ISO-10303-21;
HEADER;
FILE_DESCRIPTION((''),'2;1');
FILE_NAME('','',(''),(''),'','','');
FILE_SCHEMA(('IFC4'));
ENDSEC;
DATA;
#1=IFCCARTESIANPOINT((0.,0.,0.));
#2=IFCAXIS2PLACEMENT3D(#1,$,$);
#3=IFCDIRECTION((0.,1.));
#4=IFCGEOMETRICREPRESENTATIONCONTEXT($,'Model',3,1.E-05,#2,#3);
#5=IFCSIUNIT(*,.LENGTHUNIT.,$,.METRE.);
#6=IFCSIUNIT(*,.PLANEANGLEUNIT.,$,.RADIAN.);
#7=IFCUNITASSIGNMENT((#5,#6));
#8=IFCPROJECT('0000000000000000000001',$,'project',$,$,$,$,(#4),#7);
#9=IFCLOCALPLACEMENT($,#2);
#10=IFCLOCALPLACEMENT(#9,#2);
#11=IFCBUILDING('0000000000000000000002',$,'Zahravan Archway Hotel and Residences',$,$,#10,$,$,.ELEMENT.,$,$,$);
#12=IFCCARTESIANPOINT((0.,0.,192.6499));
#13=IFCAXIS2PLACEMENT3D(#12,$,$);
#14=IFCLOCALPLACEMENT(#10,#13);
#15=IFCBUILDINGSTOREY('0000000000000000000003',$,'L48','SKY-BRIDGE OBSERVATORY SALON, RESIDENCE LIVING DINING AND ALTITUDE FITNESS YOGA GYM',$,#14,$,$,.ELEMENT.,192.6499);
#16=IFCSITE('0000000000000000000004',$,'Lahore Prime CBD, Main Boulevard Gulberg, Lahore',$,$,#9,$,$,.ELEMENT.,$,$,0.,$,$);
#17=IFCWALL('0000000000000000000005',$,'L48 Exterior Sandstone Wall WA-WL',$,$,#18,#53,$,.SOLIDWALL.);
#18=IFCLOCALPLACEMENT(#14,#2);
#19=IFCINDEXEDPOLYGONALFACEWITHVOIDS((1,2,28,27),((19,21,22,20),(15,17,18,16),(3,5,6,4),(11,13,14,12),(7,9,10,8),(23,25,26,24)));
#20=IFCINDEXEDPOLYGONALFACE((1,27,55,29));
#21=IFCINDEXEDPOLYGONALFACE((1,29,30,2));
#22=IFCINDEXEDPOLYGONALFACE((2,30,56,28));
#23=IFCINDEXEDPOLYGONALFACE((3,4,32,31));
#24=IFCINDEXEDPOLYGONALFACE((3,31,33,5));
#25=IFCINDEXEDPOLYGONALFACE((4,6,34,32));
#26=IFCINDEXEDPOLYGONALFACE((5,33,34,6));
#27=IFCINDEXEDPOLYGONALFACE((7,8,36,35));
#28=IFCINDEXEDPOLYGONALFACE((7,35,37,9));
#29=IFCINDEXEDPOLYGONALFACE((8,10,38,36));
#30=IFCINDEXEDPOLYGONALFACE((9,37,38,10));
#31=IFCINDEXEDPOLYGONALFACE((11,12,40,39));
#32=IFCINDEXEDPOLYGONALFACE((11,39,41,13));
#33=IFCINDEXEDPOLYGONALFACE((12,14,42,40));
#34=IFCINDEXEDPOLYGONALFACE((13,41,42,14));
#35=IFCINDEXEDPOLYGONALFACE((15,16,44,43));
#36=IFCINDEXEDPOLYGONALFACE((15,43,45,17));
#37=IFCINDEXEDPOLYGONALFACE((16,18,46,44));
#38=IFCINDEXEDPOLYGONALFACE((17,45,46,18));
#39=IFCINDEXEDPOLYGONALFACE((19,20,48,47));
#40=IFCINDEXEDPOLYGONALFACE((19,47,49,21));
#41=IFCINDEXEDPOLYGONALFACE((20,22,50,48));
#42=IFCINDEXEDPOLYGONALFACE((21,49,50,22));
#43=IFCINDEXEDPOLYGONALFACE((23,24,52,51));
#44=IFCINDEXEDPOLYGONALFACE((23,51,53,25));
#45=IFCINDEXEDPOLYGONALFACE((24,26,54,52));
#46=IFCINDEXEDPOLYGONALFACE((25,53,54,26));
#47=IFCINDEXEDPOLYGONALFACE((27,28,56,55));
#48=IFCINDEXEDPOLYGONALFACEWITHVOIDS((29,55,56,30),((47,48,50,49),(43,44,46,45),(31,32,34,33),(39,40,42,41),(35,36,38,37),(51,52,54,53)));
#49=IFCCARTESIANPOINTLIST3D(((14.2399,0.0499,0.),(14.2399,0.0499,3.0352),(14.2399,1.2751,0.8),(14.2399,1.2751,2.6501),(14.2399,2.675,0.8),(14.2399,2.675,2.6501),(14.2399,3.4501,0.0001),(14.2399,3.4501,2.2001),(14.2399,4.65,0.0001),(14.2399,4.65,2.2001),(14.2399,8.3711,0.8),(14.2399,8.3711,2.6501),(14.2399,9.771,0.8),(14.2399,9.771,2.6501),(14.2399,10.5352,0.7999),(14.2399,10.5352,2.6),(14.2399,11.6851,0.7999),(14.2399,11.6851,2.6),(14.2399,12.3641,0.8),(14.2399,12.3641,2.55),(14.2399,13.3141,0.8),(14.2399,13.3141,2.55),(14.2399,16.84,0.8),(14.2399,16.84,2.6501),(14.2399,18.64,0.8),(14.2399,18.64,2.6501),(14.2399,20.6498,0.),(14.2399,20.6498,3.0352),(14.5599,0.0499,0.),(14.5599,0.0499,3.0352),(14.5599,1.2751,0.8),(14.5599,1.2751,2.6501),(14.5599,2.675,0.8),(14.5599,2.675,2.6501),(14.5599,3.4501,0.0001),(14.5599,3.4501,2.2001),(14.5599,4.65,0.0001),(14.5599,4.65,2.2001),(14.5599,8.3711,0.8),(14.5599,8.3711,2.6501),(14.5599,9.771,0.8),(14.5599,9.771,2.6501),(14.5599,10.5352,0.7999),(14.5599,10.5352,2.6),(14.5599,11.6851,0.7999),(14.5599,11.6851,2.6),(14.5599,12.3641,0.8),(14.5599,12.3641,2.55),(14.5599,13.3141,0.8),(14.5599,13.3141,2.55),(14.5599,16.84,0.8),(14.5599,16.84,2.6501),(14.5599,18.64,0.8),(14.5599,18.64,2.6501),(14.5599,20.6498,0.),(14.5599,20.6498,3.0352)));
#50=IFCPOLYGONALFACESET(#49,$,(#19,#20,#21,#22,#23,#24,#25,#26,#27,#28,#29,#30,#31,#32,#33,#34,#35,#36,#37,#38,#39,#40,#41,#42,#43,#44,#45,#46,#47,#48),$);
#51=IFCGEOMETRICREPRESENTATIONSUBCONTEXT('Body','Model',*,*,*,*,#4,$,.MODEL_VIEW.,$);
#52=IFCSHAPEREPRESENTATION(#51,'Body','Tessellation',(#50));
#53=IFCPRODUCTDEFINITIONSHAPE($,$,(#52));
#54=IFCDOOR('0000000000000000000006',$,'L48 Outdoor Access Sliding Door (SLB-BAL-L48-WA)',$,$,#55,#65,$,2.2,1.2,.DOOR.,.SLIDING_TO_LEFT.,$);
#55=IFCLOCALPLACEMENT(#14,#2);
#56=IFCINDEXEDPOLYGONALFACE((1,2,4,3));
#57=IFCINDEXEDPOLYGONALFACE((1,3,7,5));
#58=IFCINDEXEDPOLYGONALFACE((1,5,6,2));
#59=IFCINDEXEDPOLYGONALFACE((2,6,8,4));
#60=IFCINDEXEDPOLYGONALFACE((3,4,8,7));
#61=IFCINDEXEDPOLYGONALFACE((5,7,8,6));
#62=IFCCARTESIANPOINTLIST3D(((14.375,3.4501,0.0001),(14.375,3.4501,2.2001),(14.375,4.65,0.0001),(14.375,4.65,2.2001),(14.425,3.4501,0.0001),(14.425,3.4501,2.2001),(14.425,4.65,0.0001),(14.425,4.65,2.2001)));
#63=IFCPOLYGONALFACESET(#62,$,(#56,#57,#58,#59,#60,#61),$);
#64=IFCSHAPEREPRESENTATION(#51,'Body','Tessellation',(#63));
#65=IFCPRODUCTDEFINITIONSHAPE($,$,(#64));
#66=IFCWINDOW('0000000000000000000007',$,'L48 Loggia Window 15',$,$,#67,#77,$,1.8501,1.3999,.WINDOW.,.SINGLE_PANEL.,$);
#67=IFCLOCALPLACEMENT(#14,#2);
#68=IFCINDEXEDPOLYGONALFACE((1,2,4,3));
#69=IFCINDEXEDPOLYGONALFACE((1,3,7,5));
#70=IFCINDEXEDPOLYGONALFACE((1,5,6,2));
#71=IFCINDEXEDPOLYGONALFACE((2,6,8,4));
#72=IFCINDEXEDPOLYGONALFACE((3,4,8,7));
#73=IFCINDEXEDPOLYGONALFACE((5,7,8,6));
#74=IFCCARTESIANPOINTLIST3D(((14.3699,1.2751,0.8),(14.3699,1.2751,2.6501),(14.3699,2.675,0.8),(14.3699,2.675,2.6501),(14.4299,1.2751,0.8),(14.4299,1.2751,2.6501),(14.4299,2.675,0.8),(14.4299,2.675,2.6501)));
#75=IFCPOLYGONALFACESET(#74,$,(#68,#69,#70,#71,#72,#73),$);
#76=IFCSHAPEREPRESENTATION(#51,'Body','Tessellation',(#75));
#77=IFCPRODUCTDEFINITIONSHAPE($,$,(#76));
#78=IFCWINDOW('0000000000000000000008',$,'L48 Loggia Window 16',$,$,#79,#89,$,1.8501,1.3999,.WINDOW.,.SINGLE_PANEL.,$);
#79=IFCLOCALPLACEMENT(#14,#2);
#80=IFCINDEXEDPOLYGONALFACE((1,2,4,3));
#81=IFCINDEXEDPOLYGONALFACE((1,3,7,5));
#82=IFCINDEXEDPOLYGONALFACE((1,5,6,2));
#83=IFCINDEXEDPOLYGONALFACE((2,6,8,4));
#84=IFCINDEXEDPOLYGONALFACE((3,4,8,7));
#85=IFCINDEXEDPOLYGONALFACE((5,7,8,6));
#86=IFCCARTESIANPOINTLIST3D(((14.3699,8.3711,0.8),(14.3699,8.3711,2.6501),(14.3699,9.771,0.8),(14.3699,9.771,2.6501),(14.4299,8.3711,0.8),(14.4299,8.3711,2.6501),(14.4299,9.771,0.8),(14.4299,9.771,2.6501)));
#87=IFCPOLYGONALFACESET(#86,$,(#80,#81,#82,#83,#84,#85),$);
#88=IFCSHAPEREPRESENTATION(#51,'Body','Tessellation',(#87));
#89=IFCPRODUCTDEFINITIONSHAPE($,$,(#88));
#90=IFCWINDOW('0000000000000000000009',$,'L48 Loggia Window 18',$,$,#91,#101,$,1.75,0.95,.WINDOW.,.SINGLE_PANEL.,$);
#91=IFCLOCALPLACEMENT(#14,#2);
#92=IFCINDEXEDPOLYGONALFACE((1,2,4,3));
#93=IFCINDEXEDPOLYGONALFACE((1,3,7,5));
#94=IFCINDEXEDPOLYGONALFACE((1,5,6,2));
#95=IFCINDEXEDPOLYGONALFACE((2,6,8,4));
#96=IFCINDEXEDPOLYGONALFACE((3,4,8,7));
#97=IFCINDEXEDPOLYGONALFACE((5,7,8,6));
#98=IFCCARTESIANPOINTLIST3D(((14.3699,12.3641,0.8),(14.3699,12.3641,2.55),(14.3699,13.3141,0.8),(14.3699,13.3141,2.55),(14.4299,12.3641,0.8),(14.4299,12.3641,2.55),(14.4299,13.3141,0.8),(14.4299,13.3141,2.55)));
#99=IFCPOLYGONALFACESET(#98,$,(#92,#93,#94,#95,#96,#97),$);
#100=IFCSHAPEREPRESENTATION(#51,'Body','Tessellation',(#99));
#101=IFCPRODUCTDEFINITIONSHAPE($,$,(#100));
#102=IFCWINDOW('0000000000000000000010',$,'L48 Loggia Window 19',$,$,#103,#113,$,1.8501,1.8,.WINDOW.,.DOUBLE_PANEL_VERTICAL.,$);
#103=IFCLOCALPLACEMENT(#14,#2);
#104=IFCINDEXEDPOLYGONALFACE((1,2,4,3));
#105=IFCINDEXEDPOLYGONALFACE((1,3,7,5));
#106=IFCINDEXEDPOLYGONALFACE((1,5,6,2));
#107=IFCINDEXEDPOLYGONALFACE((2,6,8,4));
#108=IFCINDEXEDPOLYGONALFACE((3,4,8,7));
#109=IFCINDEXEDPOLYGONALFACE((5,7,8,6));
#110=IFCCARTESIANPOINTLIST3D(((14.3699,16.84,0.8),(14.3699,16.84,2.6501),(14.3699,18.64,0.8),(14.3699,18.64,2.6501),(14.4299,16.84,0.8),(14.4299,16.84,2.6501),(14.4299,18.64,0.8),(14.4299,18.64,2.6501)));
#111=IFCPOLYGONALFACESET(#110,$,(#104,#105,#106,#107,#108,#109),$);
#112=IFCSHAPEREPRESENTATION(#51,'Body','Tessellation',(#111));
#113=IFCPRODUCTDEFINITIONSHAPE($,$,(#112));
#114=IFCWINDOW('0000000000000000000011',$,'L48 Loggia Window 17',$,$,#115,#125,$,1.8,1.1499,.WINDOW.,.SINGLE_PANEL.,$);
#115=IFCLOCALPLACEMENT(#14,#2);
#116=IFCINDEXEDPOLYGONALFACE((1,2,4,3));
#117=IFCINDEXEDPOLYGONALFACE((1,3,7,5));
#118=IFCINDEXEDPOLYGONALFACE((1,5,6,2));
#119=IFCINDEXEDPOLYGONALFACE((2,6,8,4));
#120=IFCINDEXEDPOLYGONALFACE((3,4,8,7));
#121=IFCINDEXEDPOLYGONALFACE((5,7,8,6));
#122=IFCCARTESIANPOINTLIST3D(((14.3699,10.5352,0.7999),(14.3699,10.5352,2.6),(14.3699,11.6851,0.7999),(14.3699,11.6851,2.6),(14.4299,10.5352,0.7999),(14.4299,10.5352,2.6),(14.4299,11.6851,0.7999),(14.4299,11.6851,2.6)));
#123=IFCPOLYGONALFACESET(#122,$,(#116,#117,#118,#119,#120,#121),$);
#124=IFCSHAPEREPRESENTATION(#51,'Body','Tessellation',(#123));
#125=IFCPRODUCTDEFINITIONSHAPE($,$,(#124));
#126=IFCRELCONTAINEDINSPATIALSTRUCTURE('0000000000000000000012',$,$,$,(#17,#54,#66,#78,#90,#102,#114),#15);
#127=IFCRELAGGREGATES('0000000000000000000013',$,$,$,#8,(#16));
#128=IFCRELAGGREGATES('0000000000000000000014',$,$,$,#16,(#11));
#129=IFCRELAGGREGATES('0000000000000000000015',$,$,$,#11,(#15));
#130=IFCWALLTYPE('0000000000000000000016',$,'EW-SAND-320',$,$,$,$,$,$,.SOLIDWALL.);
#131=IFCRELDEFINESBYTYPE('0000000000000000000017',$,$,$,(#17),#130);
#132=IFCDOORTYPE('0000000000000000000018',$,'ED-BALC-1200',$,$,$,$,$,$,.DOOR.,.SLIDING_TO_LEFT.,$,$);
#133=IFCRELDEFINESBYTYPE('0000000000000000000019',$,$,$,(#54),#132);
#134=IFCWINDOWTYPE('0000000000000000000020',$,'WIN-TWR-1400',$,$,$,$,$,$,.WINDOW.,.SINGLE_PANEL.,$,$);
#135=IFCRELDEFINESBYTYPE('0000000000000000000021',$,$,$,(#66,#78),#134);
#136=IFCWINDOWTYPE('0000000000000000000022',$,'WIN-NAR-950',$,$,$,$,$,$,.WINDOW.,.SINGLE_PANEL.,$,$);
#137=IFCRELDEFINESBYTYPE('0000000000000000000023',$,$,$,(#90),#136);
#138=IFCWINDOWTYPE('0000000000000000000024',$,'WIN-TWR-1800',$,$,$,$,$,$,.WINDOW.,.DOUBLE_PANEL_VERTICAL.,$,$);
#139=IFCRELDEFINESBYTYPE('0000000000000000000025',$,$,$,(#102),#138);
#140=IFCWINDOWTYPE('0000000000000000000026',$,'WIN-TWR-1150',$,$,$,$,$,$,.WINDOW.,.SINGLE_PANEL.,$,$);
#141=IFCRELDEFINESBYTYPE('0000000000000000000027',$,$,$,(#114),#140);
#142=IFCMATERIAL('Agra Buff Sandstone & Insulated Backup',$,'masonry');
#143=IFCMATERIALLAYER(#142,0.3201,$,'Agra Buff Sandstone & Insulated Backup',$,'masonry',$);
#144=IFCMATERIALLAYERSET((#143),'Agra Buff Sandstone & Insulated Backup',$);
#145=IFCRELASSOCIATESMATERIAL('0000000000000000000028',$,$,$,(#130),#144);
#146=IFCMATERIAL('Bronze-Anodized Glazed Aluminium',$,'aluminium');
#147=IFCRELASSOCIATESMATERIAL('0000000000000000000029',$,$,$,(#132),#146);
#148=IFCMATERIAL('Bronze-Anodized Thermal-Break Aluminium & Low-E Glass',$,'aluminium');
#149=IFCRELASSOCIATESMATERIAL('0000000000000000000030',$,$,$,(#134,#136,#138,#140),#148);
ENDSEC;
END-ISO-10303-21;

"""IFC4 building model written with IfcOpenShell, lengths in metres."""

from ifc_helpers import new_model, si_unit, direction, frame, frame_2d, origin, place, context, subcontext, project, spatial, rectangle, extrude, source, transform, mapped, material, layer, layer_set, type_object, type_shapes, element, fill, save


model = new_model("IFC4")

# Units and contexts
model_context = context("Model", 3, precision=1e-05, world=origin(), true_north=direction((0.0, 1.0)))
body_context = subcontext(model_context, "Body", "Model", "MODEL_VIEW")
ifc_project = project(units=[si_unit("LENGTHUNIT", "METRE"), si_unit("PLANEANGLEUNIT", "RADIAN")], contexts=[model_context])

# Site, building, storey
site_placement = place(None, origin())
site = spatial("IfcSite", under=ifc_project, at=site_placement, Name="Lahore Prime CBD, Main Boulevard Gulberg, Lahore", CompositionType="ELEMENT", RefElevation=0.0)
building_placement = place(site_placement, origin())
building = spatial("IfcBuilding", under=site, at=building_placement, Name="Zahravan Archway Hotel and Residences", CompositionType="ELEMENT")
storey_placement = place(building_placement, frame((0.0, 0.0, 192.6499)))
storey = spatial("IfcBuildingStorey", under=building, at=storey_placement, Name="L48", Description="SKY-BRIDGE OBSERVATORY SALON, RESIDENCE LIVING DINING AND ALTITUDE FITNESS YOGA GYM", CompositionType="ELEMENT", Elevation=192.6499)

# Wall, openings, door, windows
ifc_material_1 = material(Name="Agra Buff Sandstone & Insulated Backup", Category="masonry")
ifc_layer = layer(ifc_material_1, 0.3201, Name="Agra Buff Sandstone & Insulated Backup", Category="masonry")
ifc_layer_set = layer_set([ifc_layer], Name="Agra Buff Sandstone & Insulated Backup")
wall_type = type_object("IfcWallType", Name="EW-SAND-320", PredefinedType="SOLIDWALL", material=ifc_layer_set)
ifc_material_2 = material(Name="Bronze-Anodized Glazed Aluminium", Category="aluminium")
door_type = type_object("IfcDoorType", Name="ED-BALC-1200", OperationType="SLIDING_TO_LEFT", PredefinedType="DOOR", material=ifc_material_2)
shared_shape_1 = source(origin(), body_context, "Body", "SweptSolid", [
    extrude(rectangle(XDim=1.2, YDim=2.2, at=frame_2d((0.6001, 1.1001))), frame((0.0, 0.0249, 0.0), z_axis=(0.0, -1.0, 0.0), x_axis=(1.0, 0.0, 0.0)), (0.0, 0.0, 1.0), 0.05),
])
type_shapes(door_type, [shared_shape_1])
ifc_material_3 = material(Name="Bronze-Anodized Thermal-Break Aluminium & Low-E Glass", Category="aluminium")
window_type_1 = type_object("IfcWindowType", Name="WIN-TWR-1400", PartitioningType="SINGLE_PANEL", PredefinedType="WINDOW", material=ifc_material_3)
shared_shape_2 = source(origin(), body_context, "Body", "SweptSolid", [
    extrude(rectangle(XDim=1.3999, YDim=1.8501, at=frame_2d((0.7, 0.925))), frame((0.0, 0.03, 0.0), z_axis=(0.0, -1.0, 0.0), x_axis=(1.0, 0.0, 0.0)), (0.0, 0.0, 1.0), 0.0601),
])
type_shapes(window_type_1, [shared_shape_2])
window_type_2 = type_object("IfcWindowType", Name="WIN-NAR-950", PartitioningType="SINGLE_PANEL", PredefinedType="WINDOW", material=ifc_material_3)
shared_shape_3 = source(origin(), body_context, "Body", "SweptSolid", [
    extrude(rectangle(XDim=0.95, YDim=1.75, at=frame_2d((0.4751, 0.875))), frame((0.0, 0.03, 0.0), z_axis=(0.0, -1.0, 0.0), x_axis=(1.0, 0.0, 0.0)), (0.0, 0.0, 1.0), 0.0601),
])
type_shapes(window_type_2, [shared_shape_3])
window_type_3 = type_object("IfcWindowType", Name="WIN-TWR-1800", PartitioningType="DOUBLE_PANEL_VERTICAL", PredefinedType="WINDOW", material=ifc_material_3)
shared_shape_4 = source(origin(), body_context, "Body", "SweptSolid", [
    extrude(rectangle(XDim=1.8, YDim=1.8501, at=frame_2d((0.8999, 0.925))), frame((0.0, 0.03, 0.0), z_axis=(0.0, -1.0, 0.0), x_axis=(1.0, 0.0, 0.0)), (0.0, 0.0, 1.0), 0.0601),
])
type_shapes(window_type_3, [shared_shape_4])
wall_1_placement = place(storey_placement, frame((14.3999, 0.05, 0.0), z_axis=(0.0, 0.0, 1.0), x_axis=(0.0, 1.0, 0.0)))
wall_1 = element("IfcWall", 1, at=wall_1_placement, inside=storey, type_object=wall_type, Name="L48 Exterior Sandstone Wall WA-WL", PredefinedType="SOLIDWALL", context=body_context, shape_type="SweptSolid", body=[
    extrude(rectangle(XDim=20.5999, YDim=0.3201, at=frame_2d((10.2998, 0.0))), origin(), (0.0, 0.0, 1.0), 3.0352),
])
opening_1_placement = place(wall_1_placement, frame((3.3999, 0.0, 0.0)))
opening_1 = element("IfcOpeningElement", 2, at=opening_1_placement, cuts=wall_1, PredefinedType="OPENING", context=body_context, shape_type="SweptSolid", body=[
    extrude(rectangle(XDim=1.2, YDim=2.2, at=frame_2d((0.6001, 1.1001))), frame((0.0, 0.1699, 0.0), z_axis=(0.0, -1.0, 0.0), x_axis=(1.0, 0.0, 0.0)), (0.0, 0.0, 1.0), 0.3401),
])
opening_2_placement = place(wall_1_placement, frame((1.2251, 0.0, 0.8)))
opening_2 = element("IfcOpeningElement", 3, at=opening_2_placement, cuts=wall_1, PredefinedType="OPENING", context=body_context, shape_type="SweptSolid", body=[
    extrude(rectangle(XDim=1.3999, YDim=1.8501, at=frame_2d((0.7, 0.925))), frame((0.0, 0.1699, 0.0), z_axis=(0.0, -1.0, 0.0), x_axis=(1.0, 0.0, 0.0)), (0.0, 0.0, 1.0), 0.3401),
])
opening_3_placement = place(wall_1_placement, frame((8.321, 0.0, 0.8)))
opening_3 = element("IfcOpeningElement", 4, at=opening_3_placement, cuts=wall_1, PredefinedType="OPENING", context=body_context, shape_type="SweptSolid", body=[
    extrude(rectangle(XDim=1.3999, YDim=1.8501, at=frame_2d((0.7, 0.925))), frame((0.0, 0.1699, 0.0), z_axis=(0.0, -1.0, 0.0), x_axis=(1.0, 0.0, 0.0)), (0.0, 0.0, 1.0), 0.3401),
])
opening_4_placement = place(wall_1_placement, frame((10.4851, 0.0, 0.8)))
opening_4 = element("IfcOpeningElement", 5, at=opening_4_placement, cuts=wall_1, PredefinedType="OPENING", context=body_context, shape_type="SweptSolid", body=[
    extrude(rectangle(XDim=1.1499, YDim=1.8, at=frame_2d((0.575, 0.8999))), frame((0.0, 0.1699, 0.0), z_axis=(0.0, -1.0, 0.0), x_axis=(1.0, 0.0, 0.0)), (0.0, 0.0, 1.0), 0.3401),
])
opening_5_placement = place(wall_1_placement, frame((12.314, 0.0, 0.8)))
opening_5 = element("IfcOpeningElement", 6, at=opening_5_placement, cuts=wall_1, PredefinedType="OPENING", context=body_context, shape_type="SweptSolid", body=[
    extrude(rectangle(XDim=0.95, YDim=1.75, at=frame_2d((0.4751, 0.875))), frame((0.0, 0.1699, 0.0), z_axis=(0.0, -1.0, 0.0), x_axis=(1.0, 0.0, 0.0)), (0.0, 0.0, 1.0), 0.3401),
])
opening_6_placement = place(wall_1_placement, frame((16.79, 0.0, 0.8)))
opening_6 = element("IfcOpeningElement", 7, at=opening_6_placement, cuts=wall_1, PredefinedType="OPENING", context=body_context, shape_type="SweptSolid", body=[
    extrude(rectangle(XDim=1.8, YDim=1.8501, at=frame_2d((0.8999, 0.925))), frame((0.0, 0.1699, 0.0), z_axis=(0.0, -1.0, 0.0), x_axis=(1.0, 0.0, 0.0)), (0.0, 0.0, 1.0), 0.3401),
])
door_1_placement = place(opening_1_placement, origin())
door_1 = element("IfcDoor", 8, at=door_1_placement, inside=storey, type_object=door_type, Name="L48 Outdoor Access Sliding Door (SLB-BAL-L48-WA)", OperationType="SLIDING_TO_LEFT", OverallHeight=2.2, OverallWidth=1.2, PredefinedType="DOOR", context=body_context, shape_type="MappedRepresentation", body=[
    mapped(shared_shape_1, transform((0.0, 0.0, 0.0), scale=1.0)),
])
fill(opening_1, door_1)
window_1_placement = place(opening_2_placement, origin())
window_1 = element("IfcWindow", 9, at=window_1_placement, inside=storey, type_object=window_type_1, Name="L48 Loggia Window 15", OverallHeight=1.8501, OverallWidth=1.3999, PartitioningType="SINGLE_PANEL", PredefinedType="WINDOW", context=body_context, shape_type="MappedRepresentation", body=[
    mapped(shared_shape_2, transform((0.0, 0.0, 0.0), scale=1.0)),
])
fill(opening_2, window_1)
window_2_placement = place(opening_3_placement, origin())
window_2 = element("IfcWindow", 10, at=window_2_placement, inside=storey, type_object=window_type_1, Name="L48 Loggia Window 16", OverallHeight=1.8501, OverallWidth=1.3999, PartitioningType="SINGLE_PANEL", PredefinedType="WINDOW", context=body_context, shape_type="MappedRepresentation", body=[
    mapped(shared_shape_2, transform((0.0, 0.0, 0.0), scale=1.0)),
])
fill(opening_3, window_2)
window_3_placement = place(opening_5_placement, origin())
window_3 = element("IfcWindow", 11, at=window_3_placement, inside=storey, type_object=window_type_2, Name="L48 Loggia Window 18", OverallHeight=1.75, OverallWidth=0.95, PartitioningType="SINGLE_PANEL", PredefinedType="WINDOW", context=body_context, shape_type="MappedRepresentation", body=[
    mapped(shared_shape_3, transform((0.0, 0.0, 0.0), scale=1.0)),
])
fill(opening_5, window_3)
window_4_placement = place(opening_6_placement, origin())
window_4 = element("IfcWindow", 12, at=window_4_placement, inside=storey, type_object=window_type_3, Name="L48 Loggia Window 19", OverallHeight=1.8501, OverallWidth=1.8, PartitioningType="DOUBLE_PANEL_VERTICAL", PredefinedType="WINDOW", context=body_context, shape_type="MappedRepresentation", body=[
    mapped(shared_shape_4, transform((0.0, 0.0, 0.0), scale=1.0)),
])
fill(opening_6, window_4)
window_type_4 = type_object("IfcWindowType", Name="WIN-TWR-1150", PartitioningType="SINGLE_PANEL", PredefinedType="WINDOW", material=ifc_material_3)
shared_shape_5 = source(origin(), body_context, "Body", "SweptSolid", [
    extrude(rectangle(XDim=1.1499, YDim=1.8, at=frame_2d((0.575, 0.8999))), frame((0.0, 0.03, 0.0), z_axis=(0.0, -1.0, 0.0), x_axis=(1.0, 0.0, 0.0)), (0.0, 0.0, 1.0), 0.0601),
])
type_shapes(window_type_4, [shared_shape_5])
window_5_placement = place(opening_4_placement, origin())
window_5 = element("IfcWindow", 13, at=window_5_placement, inside=storey, type_object=window_type_4, Name="L48 Loggia Window 17", OverallHeight=1.8, OverallWidth=1.1499, PartitioningType="SINGLE_PANEL", PredefinedType="WINDOW", context=body_context, shape_type="MappedRepresentation", body=[
    mapped(shared_shape_5, transform((0.0, 0.0, 0.0), scale=1.0)),
])
fill(opening_4, window_5)

save(model, "model.ifc")
